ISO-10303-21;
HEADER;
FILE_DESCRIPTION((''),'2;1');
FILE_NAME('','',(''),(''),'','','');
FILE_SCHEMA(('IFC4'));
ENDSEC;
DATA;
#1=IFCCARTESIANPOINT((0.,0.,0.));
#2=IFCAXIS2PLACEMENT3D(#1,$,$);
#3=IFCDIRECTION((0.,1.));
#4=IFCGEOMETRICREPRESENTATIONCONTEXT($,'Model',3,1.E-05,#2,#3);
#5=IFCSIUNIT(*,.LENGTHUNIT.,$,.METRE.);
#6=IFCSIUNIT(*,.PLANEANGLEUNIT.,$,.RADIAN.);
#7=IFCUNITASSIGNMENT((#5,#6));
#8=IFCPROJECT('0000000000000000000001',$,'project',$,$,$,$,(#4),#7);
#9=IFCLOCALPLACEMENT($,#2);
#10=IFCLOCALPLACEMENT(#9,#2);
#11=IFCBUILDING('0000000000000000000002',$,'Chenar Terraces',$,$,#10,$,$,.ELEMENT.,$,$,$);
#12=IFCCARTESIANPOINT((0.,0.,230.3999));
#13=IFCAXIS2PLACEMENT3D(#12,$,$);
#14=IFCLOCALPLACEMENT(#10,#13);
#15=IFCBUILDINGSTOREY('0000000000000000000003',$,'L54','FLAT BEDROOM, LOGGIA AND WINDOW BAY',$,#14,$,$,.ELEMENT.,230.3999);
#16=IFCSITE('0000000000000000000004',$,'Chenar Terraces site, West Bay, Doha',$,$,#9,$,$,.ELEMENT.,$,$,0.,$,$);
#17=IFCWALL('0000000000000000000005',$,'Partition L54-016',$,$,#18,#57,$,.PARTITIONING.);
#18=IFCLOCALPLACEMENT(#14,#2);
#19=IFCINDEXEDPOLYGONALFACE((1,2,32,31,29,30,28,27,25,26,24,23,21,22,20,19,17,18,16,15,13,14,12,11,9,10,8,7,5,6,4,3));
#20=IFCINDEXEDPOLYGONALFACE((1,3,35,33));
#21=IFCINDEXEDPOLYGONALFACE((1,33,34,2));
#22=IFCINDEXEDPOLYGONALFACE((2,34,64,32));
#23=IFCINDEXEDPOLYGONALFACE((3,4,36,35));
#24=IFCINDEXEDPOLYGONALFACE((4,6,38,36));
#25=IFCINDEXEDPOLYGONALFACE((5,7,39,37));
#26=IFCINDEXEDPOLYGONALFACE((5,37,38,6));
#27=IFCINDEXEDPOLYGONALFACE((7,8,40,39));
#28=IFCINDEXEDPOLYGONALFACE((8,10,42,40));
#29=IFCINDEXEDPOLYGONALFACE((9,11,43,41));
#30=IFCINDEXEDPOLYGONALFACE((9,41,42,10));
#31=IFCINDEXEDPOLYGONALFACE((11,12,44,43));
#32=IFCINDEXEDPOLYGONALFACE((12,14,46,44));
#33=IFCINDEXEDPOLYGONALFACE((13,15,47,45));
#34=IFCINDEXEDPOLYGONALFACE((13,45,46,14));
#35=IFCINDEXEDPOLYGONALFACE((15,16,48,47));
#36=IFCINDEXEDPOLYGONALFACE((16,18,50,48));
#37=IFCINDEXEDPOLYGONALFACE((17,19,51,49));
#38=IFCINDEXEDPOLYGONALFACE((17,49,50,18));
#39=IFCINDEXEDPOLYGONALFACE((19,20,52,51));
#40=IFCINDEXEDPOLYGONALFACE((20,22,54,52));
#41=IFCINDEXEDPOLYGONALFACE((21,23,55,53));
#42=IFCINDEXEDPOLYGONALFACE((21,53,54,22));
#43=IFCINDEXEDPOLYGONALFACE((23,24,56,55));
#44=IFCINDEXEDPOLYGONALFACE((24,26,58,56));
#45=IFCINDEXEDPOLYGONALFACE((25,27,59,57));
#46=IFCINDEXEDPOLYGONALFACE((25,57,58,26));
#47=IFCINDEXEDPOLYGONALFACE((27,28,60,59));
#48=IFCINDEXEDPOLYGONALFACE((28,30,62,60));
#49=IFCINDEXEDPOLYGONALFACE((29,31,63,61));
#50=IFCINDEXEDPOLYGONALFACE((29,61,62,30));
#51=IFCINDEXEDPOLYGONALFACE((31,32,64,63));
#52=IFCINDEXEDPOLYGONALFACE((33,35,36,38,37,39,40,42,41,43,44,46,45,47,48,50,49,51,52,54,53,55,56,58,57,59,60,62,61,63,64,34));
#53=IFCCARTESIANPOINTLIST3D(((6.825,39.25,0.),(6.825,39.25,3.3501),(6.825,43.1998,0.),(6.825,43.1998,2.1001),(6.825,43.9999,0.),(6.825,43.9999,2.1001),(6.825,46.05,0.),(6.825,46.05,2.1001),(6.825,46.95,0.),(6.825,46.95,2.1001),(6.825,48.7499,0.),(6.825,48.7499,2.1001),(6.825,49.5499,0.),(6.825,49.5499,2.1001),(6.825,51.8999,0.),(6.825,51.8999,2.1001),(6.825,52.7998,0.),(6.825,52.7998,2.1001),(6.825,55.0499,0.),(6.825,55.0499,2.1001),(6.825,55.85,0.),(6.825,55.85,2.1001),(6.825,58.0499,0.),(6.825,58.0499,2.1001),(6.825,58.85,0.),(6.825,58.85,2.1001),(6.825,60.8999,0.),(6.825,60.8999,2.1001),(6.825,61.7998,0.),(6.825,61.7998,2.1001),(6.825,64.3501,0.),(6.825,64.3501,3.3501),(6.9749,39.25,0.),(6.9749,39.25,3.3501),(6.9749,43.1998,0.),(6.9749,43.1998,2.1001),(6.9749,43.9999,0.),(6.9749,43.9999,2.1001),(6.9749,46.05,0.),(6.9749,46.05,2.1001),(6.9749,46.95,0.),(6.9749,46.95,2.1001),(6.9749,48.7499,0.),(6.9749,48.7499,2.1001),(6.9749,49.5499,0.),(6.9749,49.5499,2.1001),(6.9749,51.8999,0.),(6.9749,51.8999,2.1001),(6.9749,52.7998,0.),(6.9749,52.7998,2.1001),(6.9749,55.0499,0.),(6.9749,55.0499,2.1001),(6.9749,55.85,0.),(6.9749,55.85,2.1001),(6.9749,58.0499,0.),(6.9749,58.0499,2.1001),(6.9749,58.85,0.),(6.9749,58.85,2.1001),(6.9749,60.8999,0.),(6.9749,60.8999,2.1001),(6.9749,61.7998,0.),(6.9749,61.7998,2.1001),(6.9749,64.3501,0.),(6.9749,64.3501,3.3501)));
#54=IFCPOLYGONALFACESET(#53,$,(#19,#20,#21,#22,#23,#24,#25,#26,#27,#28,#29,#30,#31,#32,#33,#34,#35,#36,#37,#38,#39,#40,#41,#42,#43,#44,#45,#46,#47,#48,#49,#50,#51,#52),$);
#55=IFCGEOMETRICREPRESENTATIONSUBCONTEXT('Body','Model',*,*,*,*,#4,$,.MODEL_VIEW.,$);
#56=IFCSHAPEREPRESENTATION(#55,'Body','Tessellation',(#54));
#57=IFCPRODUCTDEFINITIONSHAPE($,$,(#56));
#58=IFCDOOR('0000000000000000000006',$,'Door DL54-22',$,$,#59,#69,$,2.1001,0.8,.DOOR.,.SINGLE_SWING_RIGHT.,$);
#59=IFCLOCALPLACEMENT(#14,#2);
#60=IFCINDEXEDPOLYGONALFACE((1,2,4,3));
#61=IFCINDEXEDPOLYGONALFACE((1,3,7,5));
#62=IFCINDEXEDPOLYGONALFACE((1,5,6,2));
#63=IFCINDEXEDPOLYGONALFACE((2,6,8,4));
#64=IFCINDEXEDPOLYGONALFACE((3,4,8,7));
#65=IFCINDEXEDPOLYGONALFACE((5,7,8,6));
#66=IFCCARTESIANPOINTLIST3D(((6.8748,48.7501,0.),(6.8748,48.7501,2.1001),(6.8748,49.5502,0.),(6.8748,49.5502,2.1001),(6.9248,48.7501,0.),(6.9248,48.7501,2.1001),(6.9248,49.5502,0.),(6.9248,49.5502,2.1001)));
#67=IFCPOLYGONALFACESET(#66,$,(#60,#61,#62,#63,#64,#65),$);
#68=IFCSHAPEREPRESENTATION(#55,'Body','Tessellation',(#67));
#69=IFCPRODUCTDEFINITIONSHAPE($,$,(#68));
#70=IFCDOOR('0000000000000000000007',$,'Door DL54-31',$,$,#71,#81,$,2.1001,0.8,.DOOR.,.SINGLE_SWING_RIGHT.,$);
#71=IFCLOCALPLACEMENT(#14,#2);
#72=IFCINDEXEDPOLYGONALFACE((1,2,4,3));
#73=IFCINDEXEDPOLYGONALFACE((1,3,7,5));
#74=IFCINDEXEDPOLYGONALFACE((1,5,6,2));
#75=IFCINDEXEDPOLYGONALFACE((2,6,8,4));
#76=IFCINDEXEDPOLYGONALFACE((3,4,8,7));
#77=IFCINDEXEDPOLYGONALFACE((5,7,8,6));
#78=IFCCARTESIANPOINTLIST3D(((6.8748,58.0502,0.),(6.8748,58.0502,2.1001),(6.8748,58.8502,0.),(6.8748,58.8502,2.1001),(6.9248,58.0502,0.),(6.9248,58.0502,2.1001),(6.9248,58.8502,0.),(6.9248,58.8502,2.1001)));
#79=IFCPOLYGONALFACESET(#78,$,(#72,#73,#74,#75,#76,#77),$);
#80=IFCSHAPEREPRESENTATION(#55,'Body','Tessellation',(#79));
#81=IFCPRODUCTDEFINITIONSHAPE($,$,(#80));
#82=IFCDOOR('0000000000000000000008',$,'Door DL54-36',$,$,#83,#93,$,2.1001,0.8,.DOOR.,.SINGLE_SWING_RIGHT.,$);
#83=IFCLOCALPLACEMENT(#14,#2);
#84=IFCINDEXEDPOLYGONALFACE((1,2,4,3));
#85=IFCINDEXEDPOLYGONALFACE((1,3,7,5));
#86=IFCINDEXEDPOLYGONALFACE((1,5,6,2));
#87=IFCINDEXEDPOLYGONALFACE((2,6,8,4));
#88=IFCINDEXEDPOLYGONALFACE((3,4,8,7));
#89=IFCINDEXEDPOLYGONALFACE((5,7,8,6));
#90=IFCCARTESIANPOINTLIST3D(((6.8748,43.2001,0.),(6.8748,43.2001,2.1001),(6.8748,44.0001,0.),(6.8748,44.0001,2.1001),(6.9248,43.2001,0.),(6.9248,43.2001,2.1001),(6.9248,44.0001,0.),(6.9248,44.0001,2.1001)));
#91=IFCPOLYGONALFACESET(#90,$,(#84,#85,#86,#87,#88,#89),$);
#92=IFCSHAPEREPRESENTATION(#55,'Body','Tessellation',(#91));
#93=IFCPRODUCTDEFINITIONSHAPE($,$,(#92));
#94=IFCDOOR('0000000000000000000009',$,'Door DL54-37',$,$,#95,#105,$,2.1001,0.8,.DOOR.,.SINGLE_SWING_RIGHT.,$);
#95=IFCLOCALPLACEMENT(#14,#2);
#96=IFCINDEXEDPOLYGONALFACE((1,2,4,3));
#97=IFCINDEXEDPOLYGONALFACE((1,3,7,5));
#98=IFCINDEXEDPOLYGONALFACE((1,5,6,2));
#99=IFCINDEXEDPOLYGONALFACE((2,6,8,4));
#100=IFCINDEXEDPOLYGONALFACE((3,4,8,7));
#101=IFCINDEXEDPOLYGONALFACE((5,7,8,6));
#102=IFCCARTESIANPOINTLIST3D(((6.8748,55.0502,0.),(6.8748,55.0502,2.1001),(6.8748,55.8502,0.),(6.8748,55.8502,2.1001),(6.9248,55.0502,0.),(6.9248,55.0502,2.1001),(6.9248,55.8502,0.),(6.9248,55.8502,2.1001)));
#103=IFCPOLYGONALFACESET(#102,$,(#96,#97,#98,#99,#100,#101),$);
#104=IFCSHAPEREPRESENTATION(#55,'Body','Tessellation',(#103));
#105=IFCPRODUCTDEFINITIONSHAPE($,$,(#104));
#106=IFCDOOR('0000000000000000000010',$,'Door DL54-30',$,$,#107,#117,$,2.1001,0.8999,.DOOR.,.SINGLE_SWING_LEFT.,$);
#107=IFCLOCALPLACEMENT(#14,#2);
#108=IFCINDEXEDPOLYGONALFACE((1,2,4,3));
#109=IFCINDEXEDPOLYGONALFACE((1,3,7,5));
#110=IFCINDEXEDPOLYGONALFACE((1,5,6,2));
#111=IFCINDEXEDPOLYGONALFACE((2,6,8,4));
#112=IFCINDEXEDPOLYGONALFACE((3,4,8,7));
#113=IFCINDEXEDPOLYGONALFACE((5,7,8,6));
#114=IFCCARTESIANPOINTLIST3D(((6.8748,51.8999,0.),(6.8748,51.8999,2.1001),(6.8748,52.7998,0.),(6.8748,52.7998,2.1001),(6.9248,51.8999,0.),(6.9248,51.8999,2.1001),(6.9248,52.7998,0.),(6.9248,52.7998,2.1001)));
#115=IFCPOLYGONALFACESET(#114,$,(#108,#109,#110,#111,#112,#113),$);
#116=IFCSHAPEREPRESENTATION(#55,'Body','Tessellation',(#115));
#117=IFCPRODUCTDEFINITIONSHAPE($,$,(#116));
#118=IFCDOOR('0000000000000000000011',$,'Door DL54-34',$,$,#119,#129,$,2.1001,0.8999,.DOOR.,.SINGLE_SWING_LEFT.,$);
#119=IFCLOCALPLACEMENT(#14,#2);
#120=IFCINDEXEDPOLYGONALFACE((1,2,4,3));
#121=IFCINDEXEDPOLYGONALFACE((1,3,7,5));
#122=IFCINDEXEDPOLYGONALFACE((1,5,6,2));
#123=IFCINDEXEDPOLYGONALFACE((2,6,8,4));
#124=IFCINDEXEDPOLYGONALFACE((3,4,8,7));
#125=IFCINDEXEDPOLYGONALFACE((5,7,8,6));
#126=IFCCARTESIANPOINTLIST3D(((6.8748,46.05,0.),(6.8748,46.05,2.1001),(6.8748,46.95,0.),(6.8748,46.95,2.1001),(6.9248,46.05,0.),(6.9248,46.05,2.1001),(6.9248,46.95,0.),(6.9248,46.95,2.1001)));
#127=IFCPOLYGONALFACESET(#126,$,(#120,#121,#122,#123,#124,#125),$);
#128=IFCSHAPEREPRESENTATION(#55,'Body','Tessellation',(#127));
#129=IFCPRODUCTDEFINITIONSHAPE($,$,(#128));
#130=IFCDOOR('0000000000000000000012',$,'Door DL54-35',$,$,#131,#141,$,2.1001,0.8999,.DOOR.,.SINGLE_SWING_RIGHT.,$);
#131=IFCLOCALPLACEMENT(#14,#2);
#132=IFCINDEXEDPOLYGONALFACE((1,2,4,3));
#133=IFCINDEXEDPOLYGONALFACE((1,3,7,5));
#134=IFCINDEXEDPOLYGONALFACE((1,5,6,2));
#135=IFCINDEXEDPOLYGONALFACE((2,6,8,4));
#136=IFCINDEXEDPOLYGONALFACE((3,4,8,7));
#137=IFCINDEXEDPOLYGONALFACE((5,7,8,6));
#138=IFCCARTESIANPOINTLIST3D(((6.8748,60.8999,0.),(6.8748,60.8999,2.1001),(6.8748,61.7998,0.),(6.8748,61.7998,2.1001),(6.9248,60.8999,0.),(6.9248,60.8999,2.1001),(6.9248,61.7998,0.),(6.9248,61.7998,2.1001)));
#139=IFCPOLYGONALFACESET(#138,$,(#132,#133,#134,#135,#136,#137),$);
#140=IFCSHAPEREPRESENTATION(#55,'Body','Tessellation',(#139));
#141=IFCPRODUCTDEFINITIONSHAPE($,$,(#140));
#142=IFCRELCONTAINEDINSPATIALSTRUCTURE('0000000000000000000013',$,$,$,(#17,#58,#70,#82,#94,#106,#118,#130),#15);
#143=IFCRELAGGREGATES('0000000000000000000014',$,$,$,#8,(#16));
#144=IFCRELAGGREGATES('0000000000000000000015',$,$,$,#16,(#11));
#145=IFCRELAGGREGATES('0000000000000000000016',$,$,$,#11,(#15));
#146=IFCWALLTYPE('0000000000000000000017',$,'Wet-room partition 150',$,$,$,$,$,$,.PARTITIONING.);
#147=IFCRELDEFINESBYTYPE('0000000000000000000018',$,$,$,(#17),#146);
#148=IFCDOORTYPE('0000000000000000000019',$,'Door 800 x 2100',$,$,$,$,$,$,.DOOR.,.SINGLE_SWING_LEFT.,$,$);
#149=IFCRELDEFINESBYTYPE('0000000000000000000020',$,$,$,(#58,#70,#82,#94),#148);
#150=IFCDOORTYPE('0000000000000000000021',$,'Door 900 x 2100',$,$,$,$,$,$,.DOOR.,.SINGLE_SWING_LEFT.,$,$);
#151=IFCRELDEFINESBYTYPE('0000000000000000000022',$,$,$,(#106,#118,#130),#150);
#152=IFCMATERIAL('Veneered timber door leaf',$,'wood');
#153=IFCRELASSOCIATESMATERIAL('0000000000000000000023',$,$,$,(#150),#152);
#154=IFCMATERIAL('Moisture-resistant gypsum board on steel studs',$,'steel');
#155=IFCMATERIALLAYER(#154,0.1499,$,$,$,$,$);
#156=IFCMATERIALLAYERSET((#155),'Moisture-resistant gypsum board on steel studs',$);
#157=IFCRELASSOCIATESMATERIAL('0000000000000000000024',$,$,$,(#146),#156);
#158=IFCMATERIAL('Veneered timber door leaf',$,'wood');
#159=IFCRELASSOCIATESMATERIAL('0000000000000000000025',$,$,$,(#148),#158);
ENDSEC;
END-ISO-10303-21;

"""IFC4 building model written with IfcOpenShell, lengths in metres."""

from ifc_helpers import new_model, si_unit, direction, frame, frame_2d, origin, place, context, subcontext, project, spatial, rectangle, extrude, material, layer, layer_set, type_object, element, fill, save


model = new_model("IFC4")

# Units and contexts
model_context = context("Model", 3, precision=1e-05, world=origin(), true_north=direction((0.0, 1.0)))
body_context = subcontext(model_context, "Body", "Model", "MODEL_VIEW")
ifc_project = project(units=[si_unit("LENGTHUNIT", "METRE"), si_unit("PLANEANGLEUNIT", "RADIAN")], contexts=[model_context])

# Site, building, storey
site_placement = place(None, origin())
site = spatial("IfcSite", under=ifc_project, at=site_placement, Name="Chenar Terraces site, West Bay, Doha", CompositionType="ELEMENT", RefElevation=0.0)
building_placement = place(site_placement, origin())
building = spatial("IfcBuilding", under=site, at=building_placement, Name="Chenar Terraces", CompositionType="ELEMENT")
storey_placement = place(building_placement, frame((0.0, 0.0, 230.3999)))
storey = spatial("IfcBuildingStorey", under=building, at=storey_placement, Name="L54", Description="FLAT BEDROOM, LOGGIA AND WINDOW BAY", CompositionType="ELEMENT", Elevation=230.3999)

# Shared definitions
ifc_material_1 = material(Name="Veneered timber door leaf", Category="wood")
door_type_1 = type_object("IfcDoorType", Name="Door 900 x 2100", OperationType="SINGLE_SWING_LEFT", PredefinedType="DOOR", material=ifc_material_1)

# Wall, openings, doors
ifc_material_2 = material(Name="Moisture-resistant gypsum board on steel studs", Category="steel")
ifc_layer_1 = layer(ifc_material_2, 0.1499)
ifc_layer_set_1 = layer_set([ifc_layer_1], Name="Moisture-resistant gypsum board on steel studs")
wall_type_1 = type_object("IfcWallType", Name="Wet-room partition 150", PredefinedType="PARTITIONING", material=ifc_layer_set_1)
wall_1_placement = place(storey_placement, frame((6.8999, 39.25, 0.0), z_axis=(0.0, 0.0, 1.0), x_axis=(0.0, 1.0, 0.0)))
wall_1 = element("IfcWall", 1, at=wall_1_placement, inside=storey, type_object=wall_type_1, Name="Partition L54-016", PredefinedType="PARTITIONING", context=body_context, shape_type="SweptSolid", body=[
    extrude(rectangle(XDim=25.1001, YDim=0.1499, at=frame_2d((12.55, 0.0))), origin(), (0.0, 0.0, 1.0), 3.3501),
])
opening_1_placement = place(wall_1_placement, frame((9.5, 0.0, 0.0)))
opening_1 = element("IfcOpeningElement", 2, at=opening_1_placement, cuts=wall_1, PredefinedType="OPENING", context=body_context, shape_type="SweptSolid", body=[
    extrude(rectangle(XDim=0.8, YDim=2.1001, at=frame_2d((0.3999, 1.05))), frame((0.0, 0.085, 0.0), z_axis=(0.0, -1.0, 0.0), x_axis=(1.0, 0.0, 0.0)), (0.0, 0.0, 1.0), 0.1699),
])
opening_2_placement = place(wall_1_placement, frame((12.6499, 0.0, 0.0)))
opening_2 = element("IfcOpeningElement", 3, at=opening_2_placement, cuts=wall_1, PredefinedType="OPENING", context=body_context, shape_type="SweptSolid", body=[
    extrude(rectangle(XDim=0.8999, YDim=2.1001, at=frame_2d((0.45, 1.05))), frame((0.0, 0.085, 0.0), z_axis=(0.0, -1.0, 0.0), x_axis=(1.0, 0.0, 0.0)), (0.0, 0.0, 1.0), 0.1699),
])
opening_3_placement = place(wall_1_placement, frame((18.8, 0.0, 0.0)))
opening_3 = element("IfcOpeningElement", 4, at=opening_3_placement, cuts=wall_1, PredefinedType="OPENING", context=body_context, shape_type="SweptSolid", body=[
    extrude(rectangle(XDim=0.8, YDim=2.1001, at=frame_2d((0.3999, 1.05))), frame((0.0, 0.085, 0.0), z_axis=(0.0, -1.0, 0.0), x_axis=(1.0, 0.0, 0.0)), (0.0, 0.0, 1.0), 0.1699),
])
opening_4_placement = place(wall_1_placement, frame((6.8, 0.0, 0.0)))
opening_4 = element("IfcOpeningElement", 5, at=opening_4_placement, cuts=wall_1, PredefinedType="OPENING", context=body_context, shape_type="SweptSolid", body=[
    extrude(rectangle(XDim=0.8999, YDim=2.1001, at=frame_2d((0.45, 1.05))), frame((0.0, 0.085, 0.0), z_axis=(0.0, -1.0, 0.0), x_axis=(1.0, 0.0, 0.0)), (0.0, 0.0, 1.0), 0.1699),
])
opening_5_placement = place(wall_1_placement, frame((21.6499, 0.0, 0.0)))
opening_5 = element("IfcOpeningElement", 6, at=opening_5_placement, cuts=wall_1, PredefinedType="OPENING", context=body_context, shape_type="SweptSolid", body=[
    extrude(rectangle(XDim=0.8999, YDim=2.1001, at=frame_2d((0.45, 1.05))), frame((0.0, 0.085, 0.0), z_axis=(0.0, -1.0, 0.0), x_axis=(1.0, 0.0, 0.0)), (0.0, 0.0, 1.0), 0.1699),
])
opening_6_placement = place(wall_1_placement, frame((3.95, 0.0, 0.0)))
opening_6 = element("IfcOpeningElement", 7, at=opening_6_placement, cuts=wall_1, PredefinedType="OPENING", context=body_context, shape_type="SweptSolid", body=[
    extrude(rectangle(XDim=0.8, YDim=2.1001, at=frame_2d((0.3999, 1.05))), frame((0.0, 0.085, 0.0), z_axis=(0.0, -1.0, 0.0), x_axis=(1.0, 0.0, 0.0)), (0.0, 0.0, 1.0), 0.1699),
])
opening_7_placement = place(wall_1_placement, frame((15.8, 0.0, 0.0)))
opening_7 = element("IfcOpeningElement", 8, at=opening_7_placement, cuts=wall_1, PredefinedType="OPENING", context=body_context, shape_type="SweptSolid", body=[
    extrude(rectangle(XDim=0.8, YDim=2.1001, at=frame_2d((0.3999, 1.05))), frame((0.0, 0.085, 0.0), z_axis=(0.0, -1.0, 0.0), x_axis=(1.0, 0.0, 0.0)), (0.0, 0.0, 1.0), 0.1699),
])
ifc_material_3 = material(Name="Veneered timber door leaf", Category="wood")
door_type_2 = type_object("IfcDoorType", Name="Door 800 x 2100", OperationType="SINGLE_SWING_LEFT", PredefinedType="DOOR", material=ifc_material_3)
door_1_placement = place(opening_1_placement, frame((0.8, 0.0, 0.0), z_axis=(0.0, 0.0, 1.0), x_axis=(-1.0, 0.0, 0.0)))
door_1 = element("IfcDoor", 9, at=door_1_placement, inside=storey, type_object=door_type_2, Name="Door DL54-22", OperationType="SINGLE_SWING_RIGHT", OverallHeight=2.1001, OverallWidth=0.8, PredefinedType="DOOR", context=body_context, shape_type="SweptSolid", body=[
    extrude(rectangle(XDim=0.8, YDim=2.1001, at=frame_2d((0.3999, 1.05))), frame((0.0, 0.0249, 0.0), z_axis=(0.0, -1.0, 0.0), x_axis=(1.0, 0.0, 0.0)), (0.0, 0.0, 1.0), 0.05),
])
fill(opening_1, door_1)
door_2_placement = place(opening_3_placement, frame((0.8, 0.0, 0.0), z_axis=(0.0, 0.0, 1.0), x_axis=(-1.0, 0.0, 0.0)))
door_2 = element("IfcDoor", 10, at=door_2_placement, inside=storey, type_object=door_type_2, Name="Door DL54-31", OperationType="SINGLE_SWING_RIGHT", OverallHeight=2.1001, OverallWidth=0.8, PredefinedType="DOOR", context=body_context, shape_type="SweptSolid", body=[
    extrude(rectangle(XDim=0.8, YDim=2.1001, at=frame_2d((0.3999, 1.05))), frame((0.0, 0.0249, 0.0), z_axis=(0.0, -1.0, 0.0), x_axis=(1.0, 0.0, 0.0)), (0.0, 0.0, 1.0), 0.05),
])
fill(opening_3, door_2)
door_3_placement = place(opening_6_placement, frame((0.8, 0.0, 0.0), z_axis=(0.0, 0.0, 1.0), x_axis=(-1.0, 0.0, 0.0)))
door_3 = element("IfcDoor", 11, at=door_3_placement, inside=storey, type_object=door_type_2, Name="Door DL54-36", OperationType="SINGLE_SWING_RIGHT", OverallHeight=2.1001, OverallWidth=0.8, PredefinedType="DOOR", context=body_context, shape_type="SweptSolid", body=[
    extrude(rectangle(XDim=0.8, YDim=2.1001, at=frame_2d((0.3999, 1.05))), frame((0.0, 0.0249, 0.0), z_axis=(0.0, -1.0, 0.0), x_axis=(1.0, 0.0, 0.0)), (0.0, 0.0, 1.0), 0.05),
])
fill(opening_6, door_3)
door_4_placement = place(opening_7_placement, frame((0.8, 0.0, 0.0), z_axis=(0.0, 0.0, 1.0), x_axis=(-1.0, 0.0, 0.0)))
door_4 = element("IfcDoor", 12, at=door_4_placement, inside=storey, type_object=door_type_2, Name="Door DL54-37", OperationType="SINGLE_SWING_RIGHT", OverallHeight=2.1001, OverallWidth=0.8, PredefinedType="DOOR", context=body_context, shape_type="SweptSolid", body=[
    extrude(rectangle(XDim=0.8, YDim=2.1001, at=frame_2d((0.3999, 1.05))), frame((0.0, 0.0249, 0.0), z_axis=(0.0, -1.0, 0.0), x_axis=(1.0, 0.0, 0.0)), (0.0, 0.0, 1.0), 0.05),
])
fill(opening_7, door_4)
door_5_placement = place(opening_2_placement, frame((0.8999, 0.0, 0.0), z_axis=(0.0, 0.0, 1.0), x_axis=(-1.0, 0.0, 0.0)))
door_5 = element("IfcDoor", 13, at=door_5_placement, inside=storey, type_object=door_type_1, Name="Door DL54-30", OperationType="SINGLE_SWING_LEFT", OverallHeight=2.1001, OverallWidth=0.8999, PredefinedType="DOOR", context=body_context, shape_type="SweptSolid", body=[
    extrude(rectangle(XDim=0.8999, YDim=2.1001, at=frame_2d((0.45, 1.05))), frame((0.0, 0.0249, 0.0), z_axis=(0.0, -1.0, 0.0), x_axis=(1.0, 0.0, 0.0)), (0.0, 0.0, 1.0), 0.05),
])
fill(opening_2, door_5)
door_6_placement = place(opening_4_placement, frame((0.8999, 0.0, 0.0), z_axis=(0.0, 0.0, 1.0), x_axis=(-1.0, 0.0, 0.0)))
door_6 = element("IfcDoor", 14, at=door_6_placement, inside=storey, type_object=door_type_1, Name="Door DL54-34", OperationType="SINGLE_SWING_LEFT", OverallHeight=2.1001, OverallWidth=0.8999, PredefinedType="DOOR", context=body_context, shape_type="SweptSolid", body=[
    extrude(rectangle(XDim=0.8999, YDim=2.1001, at=frame_2d((0.45, 1.05))), frame((0.0, 0.0249, 0.0), z_axis=(0.0, -1.0, 0.0), x_axis=(1.0, 0.0, 0.0)), (0.0, 0.0, 1.0), 0.05),
])
fill(opening_4, door_6)
door_7_placement = place(opening_5_placement, frame((0.8999, 0.0, 0.0), z_axis=(0.0, 0.0, 1.0), x_axis=(-1.0, 0.0, 0.0)))
door_7 = element("IfcDoor", 15, at=door_7_placement, inside=storey, type_object=door_type_1, Name="Door DL54-35", OperationType="SINGLE_SWING_RIGHT", OverallHeight=2.1001, OverallWidth=0.8999, PredefinedType="DOOR", context=body_context, shape_type="SweptSolid", body=[
    extrude(rectangle(XDim=0.8999, YDim=2.1001, at=frame_2d((0.45, 1.05))), frame((0.0, 0.0249, 0.0), z_axis=(0.0, -1.0, 0.0), x_axis=(1.0, 0.0, 0.0)), (0.0, 0.0, 1.0), 0.05),
])
fill(opening_5, door_7)

save(model, "model.ifc")
